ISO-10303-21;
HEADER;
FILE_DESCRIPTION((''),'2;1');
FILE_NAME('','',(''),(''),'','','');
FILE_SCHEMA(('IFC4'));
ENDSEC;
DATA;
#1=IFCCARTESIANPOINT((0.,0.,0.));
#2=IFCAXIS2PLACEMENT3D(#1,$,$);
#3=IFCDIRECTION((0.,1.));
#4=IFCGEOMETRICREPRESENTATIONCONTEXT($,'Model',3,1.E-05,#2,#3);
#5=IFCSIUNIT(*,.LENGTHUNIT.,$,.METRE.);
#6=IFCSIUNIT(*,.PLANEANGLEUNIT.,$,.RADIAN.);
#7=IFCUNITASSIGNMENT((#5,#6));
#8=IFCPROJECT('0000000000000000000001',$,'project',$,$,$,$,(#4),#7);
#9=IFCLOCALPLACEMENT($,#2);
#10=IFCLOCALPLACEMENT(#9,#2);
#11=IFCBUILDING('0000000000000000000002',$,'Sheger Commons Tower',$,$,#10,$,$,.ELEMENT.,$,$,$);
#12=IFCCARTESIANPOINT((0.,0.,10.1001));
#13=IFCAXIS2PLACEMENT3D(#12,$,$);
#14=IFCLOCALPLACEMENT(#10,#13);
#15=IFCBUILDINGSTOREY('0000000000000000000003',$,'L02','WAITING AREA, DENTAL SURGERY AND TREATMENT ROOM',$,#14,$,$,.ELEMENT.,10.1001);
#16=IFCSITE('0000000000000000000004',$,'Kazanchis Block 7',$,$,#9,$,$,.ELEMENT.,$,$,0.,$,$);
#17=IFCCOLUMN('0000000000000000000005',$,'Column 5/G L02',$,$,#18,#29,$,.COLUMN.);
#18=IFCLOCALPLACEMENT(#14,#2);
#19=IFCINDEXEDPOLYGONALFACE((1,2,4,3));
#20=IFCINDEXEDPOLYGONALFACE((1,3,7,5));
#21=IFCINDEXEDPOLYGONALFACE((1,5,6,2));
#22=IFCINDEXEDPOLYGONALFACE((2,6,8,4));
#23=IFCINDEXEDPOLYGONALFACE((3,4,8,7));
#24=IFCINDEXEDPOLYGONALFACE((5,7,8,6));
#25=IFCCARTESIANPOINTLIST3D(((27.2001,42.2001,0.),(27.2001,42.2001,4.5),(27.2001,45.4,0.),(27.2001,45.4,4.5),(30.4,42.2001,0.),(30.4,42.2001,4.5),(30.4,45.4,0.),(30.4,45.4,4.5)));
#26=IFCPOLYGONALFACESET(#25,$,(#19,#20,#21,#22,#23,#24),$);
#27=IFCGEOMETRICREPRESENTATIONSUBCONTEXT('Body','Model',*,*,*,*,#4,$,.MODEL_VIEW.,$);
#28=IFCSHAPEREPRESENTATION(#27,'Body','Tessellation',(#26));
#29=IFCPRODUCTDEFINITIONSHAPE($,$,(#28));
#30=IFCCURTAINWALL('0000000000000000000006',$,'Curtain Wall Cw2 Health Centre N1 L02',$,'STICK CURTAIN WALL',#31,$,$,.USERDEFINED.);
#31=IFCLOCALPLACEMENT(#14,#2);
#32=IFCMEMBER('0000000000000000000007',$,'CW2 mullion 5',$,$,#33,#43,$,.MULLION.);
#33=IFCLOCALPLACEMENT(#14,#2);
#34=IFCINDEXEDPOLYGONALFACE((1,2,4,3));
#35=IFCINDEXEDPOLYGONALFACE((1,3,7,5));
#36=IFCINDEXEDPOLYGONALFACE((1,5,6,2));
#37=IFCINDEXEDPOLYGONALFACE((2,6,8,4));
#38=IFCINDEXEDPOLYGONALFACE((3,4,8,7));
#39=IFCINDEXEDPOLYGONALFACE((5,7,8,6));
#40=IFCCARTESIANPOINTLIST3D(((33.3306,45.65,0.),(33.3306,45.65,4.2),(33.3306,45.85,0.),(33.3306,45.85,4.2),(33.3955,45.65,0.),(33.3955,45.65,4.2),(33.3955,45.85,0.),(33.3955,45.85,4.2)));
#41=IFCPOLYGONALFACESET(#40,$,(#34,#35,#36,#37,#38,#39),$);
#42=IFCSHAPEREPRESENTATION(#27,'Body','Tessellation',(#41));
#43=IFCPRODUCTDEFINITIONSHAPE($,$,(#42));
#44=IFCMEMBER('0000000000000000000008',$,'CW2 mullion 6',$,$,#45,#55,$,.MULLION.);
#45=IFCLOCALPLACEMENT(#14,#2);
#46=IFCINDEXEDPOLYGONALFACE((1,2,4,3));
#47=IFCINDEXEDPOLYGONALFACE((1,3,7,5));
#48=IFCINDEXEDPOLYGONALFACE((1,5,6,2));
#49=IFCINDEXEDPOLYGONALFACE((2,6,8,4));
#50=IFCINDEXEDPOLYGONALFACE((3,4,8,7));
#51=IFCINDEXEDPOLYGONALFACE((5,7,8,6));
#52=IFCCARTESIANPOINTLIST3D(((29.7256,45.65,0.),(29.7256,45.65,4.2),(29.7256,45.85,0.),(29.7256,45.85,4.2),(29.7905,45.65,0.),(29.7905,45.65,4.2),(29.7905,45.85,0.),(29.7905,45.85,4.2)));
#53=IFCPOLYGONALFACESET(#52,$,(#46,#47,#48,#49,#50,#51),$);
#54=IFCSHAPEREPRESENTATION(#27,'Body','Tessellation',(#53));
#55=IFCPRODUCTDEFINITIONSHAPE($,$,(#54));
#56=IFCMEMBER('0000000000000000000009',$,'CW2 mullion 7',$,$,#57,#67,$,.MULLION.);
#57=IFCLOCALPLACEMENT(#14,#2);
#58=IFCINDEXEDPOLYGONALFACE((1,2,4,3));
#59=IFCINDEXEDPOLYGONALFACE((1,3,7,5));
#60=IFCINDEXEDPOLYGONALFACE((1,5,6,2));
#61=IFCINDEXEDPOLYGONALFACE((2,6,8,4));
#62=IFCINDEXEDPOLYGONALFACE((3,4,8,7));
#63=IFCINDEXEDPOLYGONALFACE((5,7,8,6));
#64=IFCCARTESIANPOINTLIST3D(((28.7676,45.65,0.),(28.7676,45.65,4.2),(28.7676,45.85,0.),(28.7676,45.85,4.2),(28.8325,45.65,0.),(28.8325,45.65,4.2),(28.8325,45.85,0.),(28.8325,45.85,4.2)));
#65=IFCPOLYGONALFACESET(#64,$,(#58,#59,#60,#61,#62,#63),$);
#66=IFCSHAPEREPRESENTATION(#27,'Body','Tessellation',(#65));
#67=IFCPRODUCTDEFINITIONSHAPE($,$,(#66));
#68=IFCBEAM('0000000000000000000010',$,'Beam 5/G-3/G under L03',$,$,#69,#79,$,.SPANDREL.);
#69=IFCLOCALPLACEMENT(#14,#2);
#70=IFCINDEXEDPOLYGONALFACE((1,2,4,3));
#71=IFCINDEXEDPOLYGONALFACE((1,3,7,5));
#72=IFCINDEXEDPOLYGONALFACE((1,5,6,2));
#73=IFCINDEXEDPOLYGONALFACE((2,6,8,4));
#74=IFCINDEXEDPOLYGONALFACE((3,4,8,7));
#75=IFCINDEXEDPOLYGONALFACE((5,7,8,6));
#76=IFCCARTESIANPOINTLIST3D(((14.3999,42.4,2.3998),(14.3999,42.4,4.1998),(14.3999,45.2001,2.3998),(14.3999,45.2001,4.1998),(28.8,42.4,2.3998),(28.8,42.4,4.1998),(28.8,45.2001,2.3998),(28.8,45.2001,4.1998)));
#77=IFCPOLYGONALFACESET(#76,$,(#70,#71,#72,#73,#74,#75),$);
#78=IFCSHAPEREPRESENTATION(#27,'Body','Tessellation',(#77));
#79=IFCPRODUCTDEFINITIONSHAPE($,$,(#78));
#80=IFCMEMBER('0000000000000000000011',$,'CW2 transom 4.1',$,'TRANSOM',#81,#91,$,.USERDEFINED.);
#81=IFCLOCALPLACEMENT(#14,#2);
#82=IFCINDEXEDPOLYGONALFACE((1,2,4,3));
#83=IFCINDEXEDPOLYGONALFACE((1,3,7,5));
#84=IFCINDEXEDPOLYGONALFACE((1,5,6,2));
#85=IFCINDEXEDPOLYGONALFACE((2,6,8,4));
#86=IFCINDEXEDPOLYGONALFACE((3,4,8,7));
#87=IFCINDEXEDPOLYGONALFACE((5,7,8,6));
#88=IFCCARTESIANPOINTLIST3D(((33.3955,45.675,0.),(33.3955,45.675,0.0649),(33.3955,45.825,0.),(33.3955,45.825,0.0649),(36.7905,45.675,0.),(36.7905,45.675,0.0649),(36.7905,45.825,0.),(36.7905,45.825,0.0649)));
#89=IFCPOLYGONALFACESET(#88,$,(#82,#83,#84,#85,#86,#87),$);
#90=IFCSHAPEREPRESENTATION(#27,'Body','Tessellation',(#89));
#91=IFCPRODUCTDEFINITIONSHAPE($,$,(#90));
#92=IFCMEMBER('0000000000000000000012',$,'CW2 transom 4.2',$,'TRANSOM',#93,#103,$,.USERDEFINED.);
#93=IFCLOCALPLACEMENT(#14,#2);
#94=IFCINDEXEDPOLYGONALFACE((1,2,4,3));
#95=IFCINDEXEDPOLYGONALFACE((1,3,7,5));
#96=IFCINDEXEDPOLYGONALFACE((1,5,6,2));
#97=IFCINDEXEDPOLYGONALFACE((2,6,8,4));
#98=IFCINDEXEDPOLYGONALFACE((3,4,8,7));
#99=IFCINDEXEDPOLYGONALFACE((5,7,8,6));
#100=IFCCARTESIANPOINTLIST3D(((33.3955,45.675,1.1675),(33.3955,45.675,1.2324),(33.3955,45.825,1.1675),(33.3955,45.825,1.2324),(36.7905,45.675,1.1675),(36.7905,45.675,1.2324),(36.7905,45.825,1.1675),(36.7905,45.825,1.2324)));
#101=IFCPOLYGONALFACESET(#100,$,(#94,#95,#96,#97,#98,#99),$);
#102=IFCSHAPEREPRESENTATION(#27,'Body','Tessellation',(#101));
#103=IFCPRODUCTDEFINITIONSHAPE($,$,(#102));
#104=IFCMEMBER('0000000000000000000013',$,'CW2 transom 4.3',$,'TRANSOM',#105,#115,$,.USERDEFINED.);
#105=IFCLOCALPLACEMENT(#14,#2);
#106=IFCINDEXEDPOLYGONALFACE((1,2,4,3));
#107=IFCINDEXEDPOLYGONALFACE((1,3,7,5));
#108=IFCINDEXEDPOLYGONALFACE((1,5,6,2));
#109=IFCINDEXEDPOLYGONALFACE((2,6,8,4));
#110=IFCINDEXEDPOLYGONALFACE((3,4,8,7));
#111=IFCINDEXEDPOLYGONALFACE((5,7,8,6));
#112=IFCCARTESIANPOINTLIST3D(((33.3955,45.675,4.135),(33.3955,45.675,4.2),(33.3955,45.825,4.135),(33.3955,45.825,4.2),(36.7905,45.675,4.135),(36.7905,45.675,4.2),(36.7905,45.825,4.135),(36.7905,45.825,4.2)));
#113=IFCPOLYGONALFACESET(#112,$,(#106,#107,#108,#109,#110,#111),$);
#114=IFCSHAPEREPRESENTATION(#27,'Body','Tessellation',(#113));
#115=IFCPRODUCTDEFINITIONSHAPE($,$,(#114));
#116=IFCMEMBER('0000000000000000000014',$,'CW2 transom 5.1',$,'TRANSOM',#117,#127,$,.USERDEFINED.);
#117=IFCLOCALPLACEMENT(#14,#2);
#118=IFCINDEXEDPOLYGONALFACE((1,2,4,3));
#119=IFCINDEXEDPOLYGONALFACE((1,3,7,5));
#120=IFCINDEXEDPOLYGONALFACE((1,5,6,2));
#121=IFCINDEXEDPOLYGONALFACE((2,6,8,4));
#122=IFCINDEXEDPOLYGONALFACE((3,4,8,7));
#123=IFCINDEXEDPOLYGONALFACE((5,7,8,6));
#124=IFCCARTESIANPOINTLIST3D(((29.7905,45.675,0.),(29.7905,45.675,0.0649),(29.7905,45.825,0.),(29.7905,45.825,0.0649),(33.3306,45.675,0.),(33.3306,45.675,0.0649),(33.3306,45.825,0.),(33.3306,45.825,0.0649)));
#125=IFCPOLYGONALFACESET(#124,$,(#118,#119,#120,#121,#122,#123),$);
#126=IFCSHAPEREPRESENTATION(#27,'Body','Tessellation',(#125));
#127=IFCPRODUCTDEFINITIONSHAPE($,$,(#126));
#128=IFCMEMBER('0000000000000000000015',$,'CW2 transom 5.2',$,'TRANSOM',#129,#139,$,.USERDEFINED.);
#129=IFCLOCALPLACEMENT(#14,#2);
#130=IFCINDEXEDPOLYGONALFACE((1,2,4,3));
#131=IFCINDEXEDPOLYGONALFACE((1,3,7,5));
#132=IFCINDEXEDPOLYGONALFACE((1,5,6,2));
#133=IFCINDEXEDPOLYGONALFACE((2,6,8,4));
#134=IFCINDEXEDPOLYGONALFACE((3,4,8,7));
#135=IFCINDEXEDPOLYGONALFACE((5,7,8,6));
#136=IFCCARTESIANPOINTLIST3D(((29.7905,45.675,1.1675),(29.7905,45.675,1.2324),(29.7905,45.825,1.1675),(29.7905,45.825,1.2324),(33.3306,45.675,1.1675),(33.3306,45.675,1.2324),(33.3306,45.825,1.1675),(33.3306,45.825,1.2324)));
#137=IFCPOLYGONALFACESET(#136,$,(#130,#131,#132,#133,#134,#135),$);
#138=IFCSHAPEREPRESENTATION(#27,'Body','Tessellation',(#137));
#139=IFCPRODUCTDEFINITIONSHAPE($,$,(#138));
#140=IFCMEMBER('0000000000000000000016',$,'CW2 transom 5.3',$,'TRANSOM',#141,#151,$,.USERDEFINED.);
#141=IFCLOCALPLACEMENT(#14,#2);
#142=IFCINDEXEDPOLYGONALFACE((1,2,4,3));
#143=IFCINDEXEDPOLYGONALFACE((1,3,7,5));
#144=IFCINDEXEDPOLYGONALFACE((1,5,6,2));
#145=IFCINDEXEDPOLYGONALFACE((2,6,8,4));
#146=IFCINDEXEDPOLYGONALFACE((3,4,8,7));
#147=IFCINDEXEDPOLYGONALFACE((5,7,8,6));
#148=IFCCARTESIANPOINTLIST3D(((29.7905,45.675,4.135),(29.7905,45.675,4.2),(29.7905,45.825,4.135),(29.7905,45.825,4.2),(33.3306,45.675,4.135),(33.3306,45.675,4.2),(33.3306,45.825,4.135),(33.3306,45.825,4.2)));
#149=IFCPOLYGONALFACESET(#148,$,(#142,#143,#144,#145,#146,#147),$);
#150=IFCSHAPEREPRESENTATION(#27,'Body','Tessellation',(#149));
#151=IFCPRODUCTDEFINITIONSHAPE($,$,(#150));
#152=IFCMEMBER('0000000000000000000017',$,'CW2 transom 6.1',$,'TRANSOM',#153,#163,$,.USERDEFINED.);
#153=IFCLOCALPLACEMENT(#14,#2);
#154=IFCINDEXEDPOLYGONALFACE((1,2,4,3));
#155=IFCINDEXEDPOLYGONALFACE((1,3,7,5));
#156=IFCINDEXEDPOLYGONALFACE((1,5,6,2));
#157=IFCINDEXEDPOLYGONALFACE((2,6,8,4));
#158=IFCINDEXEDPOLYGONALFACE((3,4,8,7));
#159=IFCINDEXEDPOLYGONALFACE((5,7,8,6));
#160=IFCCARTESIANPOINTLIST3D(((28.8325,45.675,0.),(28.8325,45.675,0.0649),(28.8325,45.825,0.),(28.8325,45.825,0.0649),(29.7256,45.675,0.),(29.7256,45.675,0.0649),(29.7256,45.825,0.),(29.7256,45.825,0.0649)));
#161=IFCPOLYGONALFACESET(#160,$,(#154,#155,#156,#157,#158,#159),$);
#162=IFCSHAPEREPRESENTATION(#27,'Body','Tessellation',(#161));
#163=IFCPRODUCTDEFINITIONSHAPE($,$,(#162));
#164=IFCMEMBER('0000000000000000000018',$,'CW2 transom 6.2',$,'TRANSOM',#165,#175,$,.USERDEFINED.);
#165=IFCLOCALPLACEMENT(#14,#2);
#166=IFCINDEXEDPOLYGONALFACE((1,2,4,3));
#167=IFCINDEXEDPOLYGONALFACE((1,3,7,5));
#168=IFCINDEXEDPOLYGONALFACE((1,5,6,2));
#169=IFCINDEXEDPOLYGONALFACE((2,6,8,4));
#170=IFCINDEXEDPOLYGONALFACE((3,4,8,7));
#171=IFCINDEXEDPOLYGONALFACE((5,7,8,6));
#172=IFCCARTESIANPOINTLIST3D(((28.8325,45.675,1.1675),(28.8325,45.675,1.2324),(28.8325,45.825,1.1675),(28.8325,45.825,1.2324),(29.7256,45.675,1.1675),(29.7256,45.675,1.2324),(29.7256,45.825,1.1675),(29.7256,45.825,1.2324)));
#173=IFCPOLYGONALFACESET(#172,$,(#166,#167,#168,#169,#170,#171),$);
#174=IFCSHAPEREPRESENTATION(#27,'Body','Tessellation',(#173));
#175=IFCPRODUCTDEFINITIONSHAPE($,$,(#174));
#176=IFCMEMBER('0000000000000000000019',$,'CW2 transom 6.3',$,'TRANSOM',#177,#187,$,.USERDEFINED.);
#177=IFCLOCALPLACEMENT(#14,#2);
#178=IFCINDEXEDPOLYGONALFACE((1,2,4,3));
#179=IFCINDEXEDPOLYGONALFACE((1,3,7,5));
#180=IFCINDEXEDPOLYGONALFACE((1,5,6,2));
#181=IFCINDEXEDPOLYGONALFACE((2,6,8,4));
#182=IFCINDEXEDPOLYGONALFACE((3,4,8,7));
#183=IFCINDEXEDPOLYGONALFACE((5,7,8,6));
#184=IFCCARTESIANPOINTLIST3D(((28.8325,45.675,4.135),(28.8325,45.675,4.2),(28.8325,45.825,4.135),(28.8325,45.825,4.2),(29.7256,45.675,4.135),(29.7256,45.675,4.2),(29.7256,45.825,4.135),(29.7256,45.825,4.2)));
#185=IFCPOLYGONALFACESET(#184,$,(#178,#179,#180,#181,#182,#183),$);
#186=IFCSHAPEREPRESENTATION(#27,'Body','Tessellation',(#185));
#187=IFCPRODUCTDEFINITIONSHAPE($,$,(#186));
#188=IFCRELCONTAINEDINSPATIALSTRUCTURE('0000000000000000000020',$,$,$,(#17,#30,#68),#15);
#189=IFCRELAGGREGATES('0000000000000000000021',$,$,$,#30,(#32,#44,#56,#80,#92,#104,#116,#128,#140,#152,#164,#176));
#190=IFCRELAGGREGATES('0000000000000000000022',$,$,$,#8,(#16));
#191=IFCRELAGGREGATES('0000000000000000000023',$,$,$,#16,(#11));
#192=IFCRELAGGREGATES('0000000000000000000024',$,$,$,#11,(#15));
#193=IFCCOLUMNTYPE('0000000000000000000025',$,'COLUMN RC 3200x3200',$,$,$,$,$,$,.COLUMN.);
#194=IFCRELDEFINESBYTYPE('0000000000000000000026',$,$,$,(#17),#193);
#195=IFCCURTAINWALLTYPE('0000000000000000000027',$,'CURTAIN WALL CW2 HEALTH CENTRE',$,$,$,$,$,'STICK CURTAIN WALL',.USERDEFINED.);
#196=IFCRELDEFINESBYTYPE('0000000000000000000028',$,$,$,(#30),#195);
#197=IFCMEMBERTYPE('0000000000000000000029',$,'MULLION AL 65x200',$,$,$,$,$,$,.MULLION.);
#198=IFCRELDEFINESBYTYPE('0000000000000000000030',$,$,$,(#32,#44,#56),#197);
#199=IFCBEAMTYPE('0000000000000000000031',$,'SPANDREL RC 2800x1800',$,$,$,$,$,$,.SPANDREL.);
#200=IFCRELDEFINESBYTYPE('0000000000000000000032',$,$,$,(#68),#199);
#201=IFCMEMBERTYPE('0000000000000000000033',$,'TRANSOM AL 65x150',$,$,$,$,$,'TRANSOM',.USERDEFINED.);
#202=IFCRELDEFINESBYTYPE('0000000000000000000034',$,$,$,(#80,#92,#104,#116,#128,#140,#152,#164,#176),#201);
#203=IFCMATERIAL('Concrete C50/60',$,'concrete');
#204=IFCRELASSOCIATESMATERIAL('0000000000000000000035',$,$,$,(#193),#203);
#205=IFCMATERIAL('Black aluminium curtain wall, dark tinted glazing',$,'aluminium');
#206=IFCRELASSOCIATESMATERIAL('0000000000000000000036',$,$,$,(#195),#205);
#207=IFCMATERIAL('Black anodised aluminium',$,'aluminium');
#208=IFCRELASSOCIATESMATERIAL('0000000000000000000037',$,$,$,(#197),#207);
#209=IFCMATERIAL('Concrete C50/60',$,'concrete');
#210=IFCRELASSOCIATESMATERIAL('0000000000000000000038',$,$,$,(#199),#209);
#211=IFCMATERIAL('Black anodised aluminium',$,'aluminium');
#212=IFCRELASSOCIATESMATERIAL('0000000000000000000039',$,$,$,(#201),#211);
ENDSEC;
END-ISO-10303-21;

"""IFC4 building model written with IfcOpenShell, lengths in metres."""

from ifc_helpers import new_model, si_unit, direction, frame, origin, origin_2d, place, context, subcontext, project, spatial, rectangle, extrude, material, material_profile, profile_set, type_object, element, aggregate, save


model = new_model("IFC4")

# Units and contexts
model_context = context("Model", 3, precision=1e-05, world=origin(), true_north=direction((0.0, 1.0)))
body_context = subcontext(model_context, "Body", "Model", "MODEL_VIEW")
ifc_project = project(units=[si_unit("LENGTHUNIT", "METRE"), si_unit("PLANEANGLEUNIT", "RADIAN")], contexts=[model_context])

# Site, building, storey
site_placement = place(None, origin())
site = spatial("IfcSite", under=ifc_project, at=site_placement, Name="Kazanchis Block 7", CompositionType="ELEMENT", RefElevation=0.0)
building_placement = place(site_placement, origin())
building = spatial("IfcBuilding", under=site, at=building_placement, Name="Sheger Commons Tower", CompositionType="ELEMENT")
storey_placement = place(building_placement, frame((0.0, 0.0, 10.1001)))
storey = spatial("IfcBuildingStorey", under=building, at=storey_placement, Name="L02", Description="WAITING AREA, DENTAL SURGERY AND TREATMENT ROOM", CompositionType="ELEMENT", Elevation=10.1001)

# Column
ifc_material_1 = material(Name="Concrete C50/60", Category="concrete")
ifc_material_profile_1 = material_profile(ifc_material_1, rectangle(XDim=3.2, YDim=3.2, at=origin_2d()), Name="RC 3200x3200")
ifc_profile_set_1 = profile_set([ifc_material_profile_1], Name="Concrete C50/60")
column_type = type_object("IfcColumnType", Name="COLUMN RC 3200x3200", PredefinedType="COLUMN", material=ifc_profile_set_1)
column_placement = place(storey_placement, frame((28.8, 43.8, 0.0), z_axis=(0.0, 0.0, 1.0), x_axis=(1.0, 0.0, 0.0)))
element("IfcColumn", 1, at=column_placement, inside=storey, type_object=column_type, Name="Column 5/G L02", PredefinedType="COLUMN", context=body_context, shape_type="SweptSolid", body=[
    extrude(rectangle(XDim=3.2, YDim=3.2, at=origin_2d()), origin(), (0.0, 0.0, 1.0), 4.5),
])

# Curtain wall, members
ifc_material_2 = material(Name="Black aluminium curtain wall, dark tinted glazing", Category="aluminium")
curtain_wall_type = type_object("IfcCurtainWallType", Name="CURTAIN WALL CW2 HEALTH CENTRE", ElementType="STICK CURTAIN WALL", PredefinedType="USERDEFINED", material=ifc_material_2)
curtain_wall_placement = place(storey_placement, origin())
curtain_wall = element("IfcCurtainWall", 2, at=curtain_wall_placement, inside=storey, type_object=curtain_wall_type, Name="Curtain Wall Cw2 Health Centre N1 L02", ObjectType="STICK CURTAIN WALL", PredefinedType="USERDEFINED")
ifc_material_3 = material(Name="Black anodised aluminium", Category="aluminium")
ifc_material_profile_2 = material_profile(ifc_material_3, rectangle(XDim=0.2, YDim=0.0649, at=origin_2d()), Name="AL 65x200")
ifc_profile_set_2 = profile_set([ifc_material_profile_2], Name="Black anodised aluminium")
member_type_1 = type_object("IfcMemberType", Name="MULLION AL 65x200", PredefinedType="MULLION", material=ifc_profile_set_2)
member_1_placement = place(storey_placement, frame((33.363, 45.75, 0.0), z_axis=(0.0, 0.0, 1.0), x_axis=(0.0, -1.0, 0.0)))
member_1 = element("IfcMember", 3, at=member_1_placement, type_object=member_type_1, Name="CW2 mullion 5", PredefinedType="MULLION", context=body_context, shape_type="SweptSolid", body=[
    extrude(rectangle(XDim=0.2, YDim=0.0649, at=origin_2d()), origin(), (0.0, 0.0, 1.0), 4.2),
])
member_2_placement = place(storey_placement, frame((29.7581, 45.75, 0.0), z_axis=(0.0, 0.0, 1.0), x_axis=(0.0, -1.0, 0.0)))
member_2 = element("IfcMember", 4, at=member_2_placement, type_object=member_type_1, Name="CW2 mullion 6", PredefinedType="MULLION", context=body_context, shape_type="SweptSolid", body=[
    extrude(rectangle(XDim=0.2, YDim=0.0649, at=origin_2d()), origin(), (0.0, 0.0, 1.0), 4.2),
])
member_3_placement = place(storey_placement, frame((28.8, 45.75, 0.0), z_axis=(0.0, 0.0, 1.0), x_axis=(0.0, -1.0, 0.0)))
member_3 = element("IfcMember", 5, at=member_3_placement, type_object=member_type_1, Name="CW2 mullion 7", PredefinedType="MULLION", context=body_context, shape_type="SweptSolid", body=[
    extrude(rectangle(XDim=0.2, YDim=0.0649, at=origin_2d()), origin(), (0.0, 0.0, 1.0), 4.2),
])

# Beam
ifc_material_4 = material(Name="Concrete C50/60", Category="concrete")
ifc_material_profile_3 = material_profile(ifc_material_4, rectangle(XDim=2.8, YDim=1.8, at=origin_2d()), Name="RC 2800x1800")
ifc_profile_set_3 = profile_set([ifc_material_profile_3], Name="Concrete C50/60")
beam_type = type_object("IfcBeamType", Name="SPANDREL RC 2800x1800", PredefinedType="SPANDREL", material=ifc_profile_set_3)
beam_placement = place(storey_placement, frame((28.8, 43.8, 3.2998), z_axis=(-1.0, 0.0, 0.0), x_axis=(0.0, -1.0, 0.0)))
element("IfcBeam", 6, at=beam_placement, inside=storey, type_object=beam_type, Name="Beam 5/G-3/G under L03", PredefinedType="SPANDREL", context=body_context, shape_type="SweptSolid", body=[
    extrude(rectangle(XDim=2.8, YDim=1.8, at=origin_2d()), origin(), (0.0, 0.0, 1.0), 14.4001),
])

# Members
ifc_material_5 = material(Name="Black anodised aluminium", Category="aluminium")
ifc_material_profile_4 = material_profile(ifc_material_5, rectangle(XDim=0.1499, YDim=0.0649, at=origin_2d()), Name="AL 65x150")
ifc_profile_set_4 = profile_set([ifc_material_profile_4], Name="Black anodised aluminium")
member_type_2 = type_object("IfcMemberType", Name="TRANSOM AL 65x150", ElementType="TRANSOM", PredefinedType="USERDEFINED", material=ifc_profile_set_4)
member_4_placement = place(storey_placement, frame((36.7905, 45.75, 0.0325), z_axis=(-1.0, 0.0, 0.0), x_axis=(0.0, -1.0, 0.0)))
member_4 = element("IfcMember", 7, at=member_4_placement, type_object=member_type_2, Name="CW2 transom 4.1", ObjectType="TRANSOM", PredefinedType="USERDEFINED", context=body_context, shape_type="SweptSolid", body=[
    extrude(rectangle(XDim=0.1499, YDim=0.0649, at=origin_2d()), origin(), (0.0, 0.0, 1.0), 3.395),
])
member_5_placement = place(storey_placement, frame((36.7905, 45.75, 1.2), z_axis=(-1.0, 0.0, 0.0), x_axis=(0.0, -1.0, 0.0)))
member_5 = element("IfcMember", 8, at=member_5_placement, type_object=member_type_2, Name="CW2 transom 4.2", ObjectType="TRANSOM", PredefinedType="USERDEFINED", context=body_context, shape_type="SweptSolid", body=[
    extrude(rectangle(XDim=0.1499, YDim=0.0649, at=origin_2d()), origin(), (0.0, 0.0, 1.0), 3.395),
])
member_6_placement = place(storey_placement, frame((36.7905, 45.75, 4.1675), z_axis=(-1.0, 0.0, 0.0), x_axis=(0.0, -1.0, 0.0)))
member_6 = element("IfcMember", 9, at=member_6_placement, type_object=member_type_2, Name="CW2 transom 4.3", ObjectType="TRANSOM", PredefinedType="USERDEFINED", context=body_context, shape_type="SweptSolid", body=[
    extrude(rectangle(XDim=0.1499, YDim=0.0649, at=origin_2d()), origin(), (0.0, 0.0, 1.0), 3.395),
])
member_7_placement = place(storey_placement, frame((33.3306, 45.75, 0.0325), z_axis=(-1.0, 0.0, 0.0), x_axis=(0.0, -1.0, 0.0)))
member_7 = element("IfcMember", 10, at=member_7_placement, type_object=member_type_2, Name="CW2 transom 5.1", ObjectType="TRANSOM", PredefinedType="USERDEFINED", context=body_context, shape_type="SweptSolid", body=[
    extrude(rectangle(XDim=0.1499, YDim=0.0649, at=origin_2d()), origin(), (0.0, 0.0, 1.0), 3.54),
])
member_8_placement = place(storey_placement, frame((33.3306, 45.75, 1.2), z_axis=(-1.0, 0.0, 0.0), x_axis=(0.0, -1.0, 0.0)))
member_8 = element("IfcMember", 11, at=member_8_placement, type_object=member_type_2, Name="CW2 transom 5.2", ObjectType="TRANSOM", PredefinedType="USERDEFINED", context=body_context, shape_type="SweptSolid", body=[
    extrude(rectangle(XDim=0.1499, YDim=0.0649, at=origin_2d()), origin(), (0.0, 0.0, 1.0), 3.54),
])
member_9_placement = place(storey_placement, frame((33.3306, 45.75, 4.1675), z_axis=(-1.0, 0.0, 0.0), x_axis=(0.0, -1.0, 0.0)))
member_9 = element("IfcMember", 12, at=member_9_placement, type_object=member_type_2, Name="CW2 transom 5.3", ObjectType="TRANSOM", PredefinedType="USERDEFINED", context=body_context, shape_type="SweptSolid", body=[
    extrude(rectangle(XDim=0.1499, YDim=0.0649, at=origin_2d()), origin(), (0.0, 0.0, 1.0), 3.54),
])
member_10_placement = place(storey_placement, frame((29.7256, 45.75, 0.0325), z_axis=(-1.0, 0.0, 0.0), x_axis=(0.0, -1.0, 0.0)))
member_10 = element("IfcMember", 13, at=member_10_placement, type_object=member_type_2, Name="CW2 transom 6.1", ObjectType="TRANSOM", PredefinedType="USERDEFINED", context=body_context, shape_type="SweptSolid", body=[
    extrude(rectangle(XDim=0.1499, YDim=0.0649, at=origin_2d()), origin(), (0.0, 0.0, 1.0), 0.8931),
])
member_11_placement = place(storey_placement, frame((29.7256, 45.75, 1.2), z_axis=(-1.0, 0.0, 0.0), x_axis=(0.0, -1.0, 0.0)))
member_11 = element("IfcMember", 14, at=member_11_placement, type_object=member_type_2, Name="CW2 transom 6.2", ObjectType="TRANSOM", PredefinedType="USERDEFINED", context=body_context, shape_type="SweptSolid", body=[
    extrude(rectangle(XDim=0.1499, YDim=0.0649, at=origin_2d()), origin(), (0.0, 0.0, 1.0), 0.8931),
])
member_12_placement = place(storey_placement, frame((29.7256, 45.75, 4.1675), z_axis=(-1.0, 0.0, 0.0), x_axis=(0.0, -1.0, 0.0)))
member_12 = element("IfcMember", 15, at=member_12_placement, type_object=member_type_2, Name="CW2 transom 6.3", ObjectType="TRANSOM", PredefinedType="USERDEFINED", context=body_context, shape_type="SweptSolid", body=[
    extrude(rectangle(XDim=0.1499, YDim=0.0649, at=origin_2d()), origin(), (0.0, 0.0, 1.0), 0.8931),
])

aggregate(curtain_wall, [member_1, member_2, member_3, member_4, member_5, member_6, member_7, member_8, member_9, member_10, member_11, member_12])

save(model, "model.ifc")
